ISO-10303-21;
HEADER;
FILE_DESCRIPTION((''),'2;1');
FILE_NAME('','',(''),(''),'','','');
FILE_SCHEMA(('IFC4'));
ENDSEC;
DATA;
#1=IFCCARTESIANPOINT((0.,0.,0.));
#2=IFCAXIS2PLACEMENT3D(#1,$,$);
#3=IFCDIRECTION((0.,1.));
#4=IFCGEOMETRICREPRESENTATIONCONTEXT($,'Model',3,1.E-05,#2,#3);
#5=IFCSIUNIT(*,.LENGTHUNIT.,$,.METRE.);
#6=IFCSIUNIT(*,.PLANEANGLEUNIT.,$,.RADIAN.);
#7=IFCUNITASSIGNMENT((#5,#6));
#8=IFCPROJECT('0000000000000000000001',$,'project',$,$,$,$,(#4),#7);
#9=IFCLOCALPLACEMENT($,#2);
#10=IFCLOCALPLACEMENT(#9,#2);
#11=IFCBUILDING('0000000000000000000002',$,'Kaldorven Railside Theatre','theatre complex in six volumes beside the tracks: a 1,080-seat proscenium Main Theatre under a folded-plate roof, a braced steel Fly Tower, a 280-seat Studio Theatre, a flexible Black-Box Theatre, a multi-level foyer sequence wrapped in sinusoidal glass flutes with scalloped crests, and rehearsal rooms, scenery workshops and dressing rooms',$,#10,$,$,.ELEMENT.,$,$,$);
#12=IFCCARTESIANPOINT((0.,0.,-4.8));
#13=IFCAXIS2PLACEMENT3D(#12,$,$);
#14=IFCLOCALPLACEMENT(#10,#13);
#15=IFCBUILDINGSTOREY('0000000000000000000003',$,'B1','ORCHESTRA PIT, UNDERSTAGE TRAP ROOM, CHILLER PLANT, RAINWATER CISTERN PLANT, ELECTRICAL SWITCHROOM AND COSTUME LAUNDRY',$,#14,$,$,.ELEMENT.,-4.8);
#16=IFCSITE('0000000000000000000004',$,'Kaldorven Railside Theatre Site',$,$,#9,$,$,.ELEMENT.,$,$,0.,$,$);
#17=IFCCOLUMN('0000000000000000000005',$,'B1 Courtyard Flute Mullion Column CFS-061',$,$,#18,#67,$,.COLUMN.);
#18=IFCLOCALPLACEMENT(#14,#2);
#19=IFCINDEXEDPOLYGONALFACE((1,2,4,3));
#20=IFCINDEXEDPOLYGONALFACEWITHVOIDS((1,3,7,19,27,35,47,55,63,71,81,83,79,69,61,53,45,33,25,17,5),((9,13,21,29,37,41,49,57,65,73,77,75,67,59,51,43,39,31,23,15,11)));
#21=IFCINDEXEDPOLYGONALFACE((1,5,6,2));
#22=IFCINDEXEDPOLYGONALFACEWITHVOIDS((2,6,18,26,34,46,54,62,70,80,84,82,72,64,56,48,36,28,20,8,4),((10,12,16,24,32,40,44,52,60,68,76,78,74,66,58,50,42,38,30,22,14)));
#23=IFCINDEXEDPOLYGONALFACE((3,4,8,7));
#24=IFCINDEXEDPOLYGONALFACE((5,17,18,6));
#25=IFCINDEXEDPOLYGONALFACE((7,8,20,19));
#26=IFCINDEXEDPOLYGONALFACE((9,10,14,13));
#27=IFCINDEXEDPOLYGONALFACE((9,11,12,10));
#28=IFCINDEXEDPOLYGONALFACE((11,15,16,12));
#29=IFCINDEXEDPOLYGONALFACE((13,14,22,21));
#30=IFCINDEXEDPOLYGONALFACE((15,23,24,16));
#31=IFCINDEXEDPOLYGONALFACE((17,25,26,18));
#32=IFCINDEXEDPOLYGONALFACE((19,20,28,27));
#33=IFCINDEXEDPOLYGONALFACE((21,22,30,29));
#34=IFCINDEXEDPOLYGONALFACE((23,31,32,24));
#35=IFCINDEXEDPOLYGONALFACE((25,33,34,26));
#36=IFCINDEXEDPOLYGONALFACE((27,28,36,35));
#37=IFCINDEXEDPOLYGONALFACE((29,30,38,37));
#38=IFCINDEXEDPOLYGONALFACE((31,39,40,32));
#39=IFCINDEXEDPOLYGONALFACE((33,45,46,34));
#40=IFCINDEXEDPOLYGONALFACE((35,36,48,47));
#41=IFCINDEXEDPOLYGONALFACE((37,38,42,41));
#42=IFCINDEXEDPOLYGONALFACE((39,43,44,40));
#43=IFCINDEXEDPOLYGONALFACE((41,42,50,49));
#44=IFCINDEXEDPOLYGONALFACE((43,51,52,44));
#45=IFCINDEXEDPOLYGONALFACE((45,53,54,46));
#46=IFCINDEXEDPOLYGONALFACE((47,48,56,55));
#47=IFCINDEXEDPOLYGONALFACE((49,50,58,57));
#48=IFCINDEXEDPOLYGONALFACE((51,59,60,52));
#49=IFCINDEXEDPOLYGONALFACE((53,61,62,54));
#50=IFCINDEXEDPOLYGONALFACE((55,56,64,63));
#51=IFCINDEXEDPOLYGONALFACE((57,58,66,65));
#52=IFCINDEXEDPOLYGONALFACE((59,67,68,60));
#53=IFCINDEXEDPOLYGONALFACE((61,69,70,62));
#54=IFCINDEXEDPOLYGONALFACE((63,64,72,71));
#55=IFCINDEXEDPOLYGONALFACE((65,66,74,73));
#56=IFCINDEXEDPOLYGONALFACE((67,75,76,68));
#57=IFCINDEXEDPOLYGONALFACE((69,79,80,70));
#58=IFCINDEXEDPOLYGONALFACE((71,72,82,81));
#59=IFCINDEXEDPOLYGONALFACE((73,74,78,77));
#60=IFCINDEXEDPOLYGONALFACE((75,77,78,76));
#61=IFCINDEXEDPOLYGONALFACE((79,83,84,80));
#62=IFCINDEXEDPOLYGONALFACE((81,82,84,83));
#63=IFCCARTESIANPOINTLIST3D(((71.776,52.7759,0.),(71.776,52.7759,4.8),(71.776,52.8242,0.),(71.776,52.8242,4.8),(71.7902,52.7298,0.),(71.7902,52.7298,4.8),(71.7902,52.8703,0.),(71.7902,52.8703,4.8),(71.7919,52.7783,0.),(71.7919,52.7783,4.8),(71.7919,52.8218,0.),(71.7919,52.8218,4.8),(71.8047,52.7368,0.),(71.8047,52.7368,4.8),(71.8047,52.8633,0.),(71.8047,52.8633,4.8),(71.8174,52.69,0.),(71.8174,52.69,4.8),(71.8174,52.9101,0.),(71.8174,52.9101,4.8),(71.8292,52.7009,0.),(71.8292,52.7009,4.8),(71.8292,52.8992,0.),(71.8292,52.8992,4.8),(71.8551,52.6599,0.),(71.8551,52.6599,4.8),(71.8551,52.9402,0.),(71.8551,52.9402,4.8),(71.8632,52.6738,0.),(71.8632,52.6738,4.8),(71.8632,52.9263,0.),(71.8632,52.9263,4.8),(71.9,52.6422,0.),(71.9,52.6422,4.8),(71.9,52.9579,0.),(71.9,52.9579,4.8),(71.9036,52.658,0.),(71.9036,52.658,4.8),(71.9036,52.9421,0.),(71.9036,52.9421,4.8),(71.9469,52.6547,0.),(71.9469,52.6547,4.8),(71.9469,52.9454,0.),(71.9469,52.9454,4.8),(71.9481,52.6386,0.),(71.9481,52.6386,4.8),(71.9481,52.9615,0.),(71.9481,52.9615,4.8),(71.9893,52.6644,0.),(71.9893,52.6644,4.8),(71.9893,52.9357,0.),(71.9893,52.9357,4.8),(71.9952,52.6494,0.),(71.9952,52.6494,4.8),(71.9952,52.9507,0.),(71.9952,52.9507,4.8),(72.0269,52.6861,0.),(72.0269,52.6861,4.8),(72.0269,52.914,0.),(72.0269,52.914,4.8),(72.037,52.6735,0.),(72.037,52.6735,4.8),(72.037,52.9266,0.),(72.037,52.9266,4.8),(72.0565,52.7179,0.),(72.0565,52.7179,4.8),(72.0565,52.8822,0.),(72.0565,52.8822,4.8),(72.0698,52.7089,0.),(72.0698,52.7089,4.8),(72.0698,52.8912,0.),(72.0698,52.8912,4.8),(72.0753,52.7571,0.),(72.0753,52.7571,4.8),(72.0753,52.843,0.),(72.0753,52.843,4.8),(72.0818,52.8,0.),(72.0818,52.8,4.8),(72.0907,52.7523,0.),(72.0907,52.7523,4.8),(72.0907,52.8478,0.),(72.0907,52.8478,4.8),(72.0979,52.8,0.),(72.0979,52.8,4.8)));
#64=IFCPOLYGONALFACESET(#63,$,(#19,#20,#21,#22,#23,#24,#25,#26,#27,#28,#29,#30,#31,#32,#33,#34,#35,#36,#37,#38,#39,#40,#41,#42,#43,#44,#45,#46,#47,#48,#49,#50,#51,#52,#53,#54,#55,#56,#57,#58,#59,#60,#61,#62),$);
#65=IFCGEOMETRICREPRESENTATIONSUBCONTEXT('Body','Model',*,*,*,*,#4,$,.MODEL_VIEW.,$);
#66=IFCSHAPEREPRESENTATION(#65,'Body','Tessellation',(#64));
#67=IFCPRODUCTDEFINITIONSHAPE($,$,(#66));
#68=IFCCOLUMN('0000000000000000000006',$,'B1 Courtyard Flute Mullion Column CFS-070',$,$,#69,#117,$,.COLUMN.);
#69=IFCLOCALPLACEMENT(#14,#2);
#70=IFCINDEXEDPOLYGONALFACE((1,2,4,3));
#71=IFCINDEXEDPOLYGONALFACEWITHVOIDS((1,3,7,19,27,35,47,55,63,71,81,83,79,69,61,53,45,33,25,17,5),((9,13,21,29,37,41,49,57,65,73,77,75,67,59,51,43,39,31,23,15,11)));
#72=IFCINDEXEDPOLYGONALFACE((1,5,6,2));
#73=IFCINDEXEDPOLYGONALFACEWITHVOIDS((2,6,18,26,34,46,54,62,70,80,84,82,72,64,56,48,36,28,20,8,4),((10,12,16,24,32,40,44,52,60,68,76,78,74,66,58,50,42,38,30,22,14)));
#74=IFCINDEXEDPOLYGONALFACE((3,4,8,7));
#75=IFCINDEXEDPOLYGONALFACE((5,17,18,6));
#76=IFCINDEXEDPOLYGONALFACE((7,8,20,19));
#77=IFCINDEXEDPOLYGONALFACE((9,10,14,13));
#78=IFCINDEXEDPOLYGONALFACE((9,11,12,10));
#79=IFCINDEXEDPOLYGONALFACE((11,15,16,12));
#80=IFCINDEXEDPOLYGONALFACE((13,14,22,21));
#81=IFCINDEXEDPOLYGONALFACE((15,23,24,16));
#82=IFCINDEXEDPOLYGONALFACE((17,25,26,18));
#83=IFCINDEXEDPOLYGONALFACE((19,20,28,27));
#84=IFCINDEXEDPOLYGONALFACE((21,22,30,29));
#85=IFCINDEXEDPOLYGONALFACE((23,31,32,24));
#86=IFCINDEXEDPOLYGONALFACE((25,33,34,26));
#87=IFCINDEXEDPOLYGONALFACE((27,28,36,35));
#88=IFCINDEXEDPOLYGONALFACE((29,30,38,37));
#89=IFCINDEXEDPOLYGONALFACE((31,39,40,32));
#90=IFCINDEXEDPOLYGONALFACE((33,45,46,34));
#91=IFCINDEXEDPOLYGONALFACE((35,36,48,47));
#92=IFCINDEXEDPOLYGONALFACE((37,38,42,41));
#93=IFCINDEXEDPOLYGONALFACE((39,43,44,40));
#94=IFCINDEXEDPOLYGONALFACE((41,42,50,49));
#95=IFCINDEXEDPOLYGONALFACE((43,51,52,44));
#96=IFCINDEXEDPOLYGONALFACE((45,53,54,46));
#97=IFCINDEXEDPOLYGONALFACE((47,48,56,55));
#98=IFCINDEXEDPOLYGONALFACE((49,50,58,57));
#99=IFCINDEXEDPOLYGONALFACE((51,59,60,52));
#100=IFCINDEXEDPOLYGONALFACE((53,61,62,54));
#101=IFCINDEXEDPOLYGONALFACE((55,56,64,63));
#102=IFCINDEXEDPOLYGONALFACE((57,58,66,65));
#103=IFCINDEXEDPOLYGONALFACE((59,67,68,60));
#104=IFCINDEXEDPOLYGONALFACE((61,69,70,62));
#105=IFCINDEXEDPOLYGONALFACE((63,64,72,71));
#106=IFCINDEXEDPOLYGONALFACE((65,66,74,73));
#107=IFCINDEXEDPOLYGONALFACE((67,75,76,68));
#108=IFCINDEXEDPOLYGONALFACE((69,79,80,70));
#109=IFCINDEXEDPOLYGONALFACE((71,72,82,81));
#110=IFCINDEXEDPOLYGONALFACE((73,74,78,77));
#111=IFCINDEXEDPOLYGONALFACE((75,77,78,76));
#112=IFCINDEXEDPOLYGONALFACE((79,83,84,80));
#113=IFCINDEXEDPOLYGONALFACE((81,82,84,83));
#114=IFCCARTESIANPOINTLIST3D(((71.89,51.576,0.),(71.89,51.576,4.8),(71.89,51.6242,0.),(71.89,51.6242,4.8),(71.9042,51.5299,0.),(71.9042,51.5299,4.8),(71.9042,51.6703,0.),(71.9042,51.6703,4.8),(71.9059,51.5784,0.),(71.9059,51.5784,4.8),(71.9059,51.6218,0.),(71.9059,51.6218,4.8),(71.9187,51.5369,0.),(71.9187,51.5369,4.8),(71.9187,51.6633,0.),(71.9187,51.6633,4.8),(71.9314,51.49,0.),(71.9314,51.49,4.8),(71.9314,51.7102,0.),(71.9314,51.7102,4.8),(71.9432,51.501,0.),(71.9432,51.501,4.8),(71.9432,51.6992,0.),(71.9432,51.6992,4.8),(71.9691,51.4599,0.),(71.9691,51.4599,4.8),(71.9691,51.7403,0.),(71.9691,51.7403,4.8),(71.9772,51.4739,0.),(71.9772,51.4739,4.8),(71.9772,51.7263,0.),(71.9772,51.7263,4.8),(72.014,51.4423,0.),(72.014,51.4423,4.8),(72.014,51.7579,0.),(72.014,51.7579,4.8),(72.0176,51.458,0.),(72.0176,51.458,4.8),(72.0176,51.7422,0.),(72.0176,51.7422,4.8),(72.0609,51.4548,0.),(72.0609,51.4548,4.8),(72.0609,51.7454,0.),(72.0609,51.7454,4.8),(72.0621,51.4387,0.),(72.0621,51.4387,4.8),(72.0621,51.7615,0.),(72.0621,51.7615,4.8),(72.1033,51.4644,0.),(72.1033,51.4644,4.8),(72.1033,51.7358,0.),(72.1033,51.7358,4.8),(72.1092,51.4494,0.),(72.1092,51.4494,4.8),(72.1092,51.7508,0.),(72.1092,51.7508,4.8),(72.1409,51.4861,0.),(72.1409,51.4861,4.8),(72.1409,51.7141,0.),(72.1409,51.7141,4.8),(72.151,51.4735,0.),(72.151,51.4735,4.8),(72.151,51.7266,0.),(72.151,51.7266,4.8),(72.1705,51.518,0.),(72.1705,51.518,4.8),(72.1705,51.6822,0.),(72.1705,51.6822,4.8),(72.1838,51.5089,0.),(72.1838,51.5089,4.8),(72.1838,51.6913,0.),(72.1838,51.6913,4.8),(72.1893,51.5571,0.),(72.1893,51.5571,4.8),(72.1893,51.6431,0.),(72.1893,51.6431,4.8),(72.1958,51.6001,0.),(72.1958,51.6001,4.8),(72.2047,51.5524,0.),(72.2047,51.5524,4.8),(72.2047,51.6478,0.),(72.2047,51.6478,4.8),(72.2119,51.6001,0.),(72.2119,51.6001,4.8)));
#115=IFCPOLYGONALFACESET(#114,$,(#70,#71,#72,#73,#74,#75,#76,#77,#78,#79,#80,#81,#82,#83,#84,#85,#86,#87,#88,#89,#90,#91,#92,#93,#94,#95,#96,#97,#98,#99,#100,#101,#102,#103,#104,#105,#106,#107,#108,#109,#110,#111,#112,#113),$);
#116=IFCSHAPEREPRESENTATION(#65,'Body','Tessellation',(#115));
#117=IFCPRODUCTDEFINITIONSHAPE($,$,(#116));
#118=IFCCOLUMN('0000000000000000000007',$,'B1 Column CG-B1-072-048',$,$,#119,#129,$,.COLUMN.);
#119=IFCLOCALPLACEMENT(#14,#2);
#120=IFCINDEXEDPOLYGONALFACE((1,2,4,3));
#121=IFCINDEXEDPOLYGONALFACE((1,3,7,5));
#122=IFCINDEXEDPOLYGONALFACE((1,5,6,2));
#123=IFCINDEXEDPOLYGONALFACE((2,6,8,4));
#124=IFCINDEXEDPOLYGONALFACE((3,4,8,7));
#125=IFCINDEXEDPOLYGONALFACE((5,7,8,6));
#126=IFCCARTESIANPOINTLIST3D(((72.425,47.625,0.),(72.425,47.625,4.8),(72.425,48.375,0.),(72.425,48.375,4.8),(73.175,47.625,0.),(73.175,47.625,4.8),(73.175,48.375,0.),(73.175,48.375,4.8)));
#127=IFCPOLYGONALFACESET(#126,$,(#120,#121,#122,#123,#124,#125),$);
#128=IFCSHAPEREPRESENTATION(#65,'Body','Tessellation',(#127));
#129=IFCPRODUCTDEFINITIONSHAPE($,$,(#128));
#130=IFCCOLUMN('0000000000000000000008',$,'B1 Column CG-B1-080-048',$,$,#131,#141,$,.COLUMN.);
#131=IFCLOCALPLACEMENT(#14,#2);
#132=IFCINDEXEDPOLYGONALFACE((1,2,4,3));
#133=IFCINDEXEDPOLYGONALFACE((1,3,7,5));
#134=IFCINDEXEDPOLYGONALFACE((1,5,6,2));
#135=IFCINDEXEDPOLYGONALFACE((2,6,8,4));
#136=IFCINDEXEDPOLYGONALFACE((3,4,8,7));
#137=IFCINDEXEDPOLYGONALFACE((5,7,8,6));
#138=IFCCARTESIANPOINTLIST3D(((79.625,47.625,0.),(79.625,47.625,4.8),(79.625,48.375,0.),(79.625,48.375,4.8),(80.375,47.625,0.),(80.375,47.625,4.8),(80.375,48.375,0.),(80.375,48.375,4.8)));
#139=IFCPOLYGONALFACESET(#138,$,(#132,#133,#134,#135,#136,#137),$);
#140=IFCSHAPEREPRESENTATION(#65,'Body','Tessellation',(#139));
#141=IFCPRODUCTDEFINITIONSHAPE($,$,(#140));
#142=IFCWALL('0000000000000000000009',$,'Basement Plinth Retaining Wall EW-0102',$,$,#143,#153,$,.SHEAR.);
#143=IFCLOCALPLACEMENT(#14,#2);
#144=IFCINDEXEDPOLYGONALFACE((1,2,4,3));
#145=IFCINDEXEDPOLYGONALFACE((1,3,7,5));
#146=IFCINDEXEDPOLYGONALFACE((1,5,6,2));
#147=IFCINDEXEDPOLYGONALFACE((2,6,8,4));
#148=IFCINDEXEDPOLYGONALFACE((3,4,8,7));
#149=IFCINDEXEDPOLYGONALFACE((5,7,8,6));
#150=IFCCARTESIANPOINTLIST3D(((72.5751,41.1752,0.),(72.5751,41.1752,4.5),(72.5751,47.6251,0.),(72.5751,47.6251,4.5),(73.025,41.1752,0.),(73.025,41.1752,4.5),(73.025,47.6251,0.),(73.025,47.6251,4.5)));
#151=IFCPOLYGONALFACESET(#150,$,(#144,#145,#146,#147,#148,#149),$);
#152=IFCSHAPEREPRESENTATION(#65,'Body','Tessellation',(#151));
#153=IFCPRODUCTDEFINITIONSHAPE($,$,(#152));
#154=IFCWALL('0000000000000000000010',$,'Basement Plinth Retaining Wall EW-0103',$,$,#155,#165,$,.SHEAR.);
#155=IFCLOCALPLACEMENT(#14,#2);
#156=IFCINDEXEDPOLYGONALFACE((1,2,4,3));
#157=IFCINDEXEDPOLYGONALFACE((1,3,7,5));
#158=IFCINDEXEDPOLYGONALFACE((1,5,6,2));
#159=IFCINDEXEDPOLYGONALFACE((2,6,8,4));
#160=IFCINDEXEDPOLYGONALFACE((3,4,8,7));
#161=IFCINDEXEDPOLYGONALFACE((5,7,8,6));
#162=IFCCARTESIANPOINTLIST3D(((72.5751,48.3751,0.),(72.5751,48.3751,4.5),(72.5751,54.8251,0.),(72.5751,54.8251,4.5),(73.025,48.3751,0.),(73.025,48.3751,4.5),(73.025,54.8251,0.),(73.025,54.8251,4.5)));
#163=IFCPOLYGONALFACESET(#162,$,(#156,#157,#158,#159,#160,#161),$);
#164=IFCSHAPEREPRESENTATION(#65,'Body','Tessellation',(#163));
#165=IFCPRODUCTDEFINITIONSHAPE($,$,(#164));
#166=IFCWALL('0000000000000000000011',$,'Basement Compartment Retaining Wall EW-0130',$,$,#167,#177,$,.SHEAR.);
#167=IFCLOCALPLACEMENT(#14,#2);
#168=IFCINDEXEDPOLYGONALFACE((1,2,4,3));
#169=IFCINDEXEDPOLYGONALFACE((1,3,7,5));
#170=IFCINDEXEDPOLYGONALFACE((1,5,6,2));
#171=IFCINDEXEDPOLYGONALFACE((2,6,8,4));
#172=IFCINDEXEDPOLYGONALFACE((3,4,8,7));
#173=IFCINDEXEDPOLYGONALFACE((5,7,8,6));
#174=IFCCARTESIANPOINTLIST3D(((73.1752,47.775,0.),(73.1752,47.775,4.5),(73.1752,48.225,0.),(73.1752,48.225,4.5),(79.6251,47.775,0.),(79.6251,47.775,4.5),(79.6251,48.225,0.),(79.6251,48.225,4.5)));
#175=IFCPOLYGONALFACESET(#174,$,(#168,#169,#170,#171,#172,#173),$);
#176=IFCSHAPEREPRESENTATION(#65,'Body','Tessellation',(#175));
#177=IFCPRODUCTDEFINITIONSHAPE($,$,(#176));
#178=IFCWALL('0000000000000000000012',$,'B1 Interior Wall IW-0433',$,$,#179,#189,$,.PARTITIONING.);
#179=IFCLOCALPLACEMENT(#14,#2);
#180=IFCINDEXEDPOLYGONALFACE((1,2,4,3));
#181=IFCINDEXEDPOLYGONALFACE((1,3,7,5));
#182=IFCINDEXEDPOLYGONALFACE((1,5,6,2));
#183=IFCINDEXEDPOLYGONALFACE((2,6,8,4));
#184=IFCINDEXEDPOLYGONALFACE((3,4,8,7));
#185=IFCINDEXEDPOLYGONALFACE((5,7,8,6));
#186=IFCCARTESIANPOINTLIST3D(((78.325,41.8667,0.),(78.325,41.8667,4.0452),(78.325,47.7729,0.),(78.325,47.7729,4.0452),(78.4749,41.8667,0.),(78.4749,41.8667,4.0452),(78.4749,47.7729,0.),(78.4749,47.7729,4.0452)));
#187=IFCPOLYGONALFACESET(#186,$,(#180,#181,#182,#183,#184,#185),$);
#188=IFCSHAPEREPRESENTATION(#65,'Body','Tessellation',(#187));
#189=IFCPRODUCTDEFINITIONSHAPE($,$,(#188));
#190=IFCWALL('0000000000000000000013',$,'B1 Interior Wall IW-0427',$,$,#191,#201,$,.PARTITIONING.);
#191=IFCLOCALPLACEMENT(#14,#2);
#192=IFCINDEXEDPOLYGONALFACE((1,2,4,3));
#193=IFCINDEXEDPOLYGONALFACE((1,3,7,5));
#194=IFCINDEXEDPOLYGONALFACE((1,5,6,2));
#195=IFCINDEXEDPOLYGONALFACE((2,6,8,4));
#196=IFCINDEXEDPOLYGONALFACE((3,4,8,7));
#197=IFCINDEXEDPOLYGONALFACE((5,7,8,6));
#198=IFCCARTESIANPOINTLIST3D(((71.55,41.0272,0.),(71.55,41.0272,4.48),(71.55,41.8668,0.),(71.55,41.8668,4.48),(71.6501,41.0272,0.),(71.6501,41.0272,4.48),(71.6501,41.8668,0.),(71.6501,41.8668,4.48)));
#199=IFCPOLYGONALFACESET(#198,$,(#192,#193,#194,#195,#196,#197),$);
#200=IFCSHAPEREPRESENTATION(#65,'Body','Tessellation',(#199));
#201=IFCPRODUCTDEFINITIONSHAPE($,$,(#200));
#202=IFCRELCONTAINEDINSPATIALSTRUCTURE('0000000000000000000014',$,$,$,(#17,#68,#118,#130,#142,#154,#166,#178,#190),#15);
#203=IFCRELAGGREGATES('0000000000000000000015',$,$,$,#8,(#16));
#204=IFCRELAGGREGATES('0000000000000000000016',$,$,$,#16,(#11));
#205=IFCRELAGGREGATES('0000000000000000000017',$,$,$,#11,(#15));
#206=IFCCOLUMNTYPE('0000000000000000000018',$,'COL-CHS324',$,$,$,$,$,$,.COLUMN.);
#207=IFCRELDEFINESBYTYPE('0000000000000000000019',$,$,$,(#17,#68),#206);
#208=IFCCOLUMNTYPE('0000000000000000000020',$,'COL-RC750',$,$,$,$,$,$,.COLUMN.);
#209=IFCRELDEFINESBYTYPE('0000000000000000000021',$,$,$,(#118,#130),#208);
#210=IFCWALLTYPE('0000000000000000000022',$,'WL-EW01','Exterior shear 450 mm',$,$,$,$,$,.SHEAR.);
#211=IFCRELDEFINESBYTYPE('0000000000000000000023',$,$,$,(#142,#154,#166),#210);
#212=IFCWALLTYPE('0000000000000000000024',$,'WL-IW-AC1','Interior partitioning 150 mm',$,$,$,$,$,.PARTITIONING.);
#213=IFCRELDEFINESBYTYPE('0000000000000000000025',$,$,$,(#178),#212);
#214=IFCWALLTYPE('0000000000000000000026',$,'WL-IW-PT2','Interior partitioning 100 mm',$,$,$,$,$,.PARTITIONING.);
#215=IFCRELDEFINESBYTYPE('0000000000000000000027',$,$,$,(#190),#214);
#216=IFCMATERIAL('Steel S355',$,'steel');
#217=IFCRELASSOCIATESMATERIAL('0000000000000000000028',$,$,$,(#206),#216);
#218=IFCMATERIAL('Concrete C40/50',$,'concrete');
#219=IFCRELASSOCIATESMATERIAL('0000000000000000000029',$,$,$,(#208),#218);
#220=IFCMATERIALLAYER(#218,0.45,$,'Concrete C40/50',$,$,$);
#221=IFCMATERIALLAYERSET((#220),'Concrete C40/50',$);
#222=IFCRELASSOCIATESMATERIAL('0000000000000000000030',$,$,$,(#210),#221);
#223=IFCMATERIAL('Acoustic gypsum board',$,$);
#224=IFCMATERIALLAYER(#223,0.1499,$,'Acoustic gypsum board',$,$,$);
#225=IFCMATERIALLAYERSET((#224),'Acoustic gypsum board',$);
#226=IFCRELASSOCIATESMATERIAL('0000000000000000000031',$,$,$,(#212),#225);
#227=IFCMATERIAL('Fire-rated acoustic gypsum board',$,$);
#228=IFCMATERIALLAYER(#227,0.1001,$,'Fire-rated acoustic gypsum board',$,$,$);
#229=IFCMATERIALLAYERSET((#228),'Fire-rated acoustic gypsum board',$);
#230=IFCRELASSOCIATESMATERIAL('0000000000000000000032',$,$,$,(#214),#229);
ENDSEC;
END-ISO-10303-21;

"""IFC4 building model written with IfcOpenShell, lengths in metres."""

from ifc_helpers import new_model, si_unit, direction, frame, frame_2d, origin, origin_2d, place, context, subcontext, project, spatial, rectangle, hollow_circle, extrude, material, layer, layer_set, material_profile, profile_set, type_object, element, save


model = new_model("IFC4")

# Units and contexts
model_context = context("Model", 3, precision=1e-05, world=origin(), true_north=direction((0.0, 1.0)))
body_context = subcontext(model_context, "Body", "Model", "MODEL_VIEW")
ifc_project = project(units=[si_unit("LENGTHUNIT", "METRE"), si_unit("PLANEANGLEUNIT", "RADIAN")], contexts=[model_context])

# Site, building, storey
site_placement = place(None, origin())
site = spatial("IfcSite", under=ifc_project, at=site_placement, Name="Kaldorven Railside Theatre Site", CompositionType="ELEMENT", RefElevation=0.0)
building_placement = place(site_placement, origin())
building = spatial("IfcBuilding", under=site, at=building_placement, Name="Kaldorven Railside Theatre", Description="theatre complex in six volumes beside the tracks: a 1,080-seat proscenium Main Theatre under a folded-plate roof, a braced steel Fly Tower, a 280-seat Studio Theatre, a flexible Black-Box Theatre, a multi-level foyer sequence wrapped in sinusoidal glass flutes with scalloped crests, and rehearsal rooms, scenery workshops and dressing rooms", CompositionType="ELEMENT")
storey_placement = place(building_placement, frame((0.0, 0.0, -4.8)))
storey = spatial("IfcBuildingStorey", under=building, at=storey_placement, Name="B1", Description="ORCHESTRA PIT, UNDERSTAGE TRAP ROOM, CHILLER PLANT, RAINWATER CISTERN PLANT, ELECTRICAL SWITCHROOM AND COSTUME LAUNDRY", CompositionType="ELEMENT", Elevation=-4.8)

# Shared definitions
ifc_material_1 = material(Name="Concrete C40/50", Category="concrete")

# Columns
ifc_material_2 = material(Name="Steel S355", Category="steel")
ifc_material_profile_1 = material_profile(ifc_material_2, hollow_circle(Radius=0.1619, WallThickness=0.0161, at=origin_2d()), Name="CHS 323.9x16")
ifc_profile_set_1 = profile_set([ifc_material_profile_1], Name="Steel S355")
column_type_1 = type_object("IfcColumnType", Name="COL-CHS324", PredefinedType="COLUMN", material=ifc_profile_set_1)
for number, where, z_axis, x_axis, name in (
    (1, (71.936, 52.8, 0.0), (0.0, 0.0, 1.0), (1.0, 0.0, 0.0), "B1 Courtyard Flute Mullion Column CFS-061"),
    (2, (72.05, 51.6001, 0.0), (0.0, 0.0, 1.0), (1.0, 0.0, 0.0), "B1 Courtyard Flute Mullion Column CFS-070"),
):
    element("IfcColumn", number, at=place(storey_placement, frame(where, z_axis=z_axis, x_axis=x_axis)), inside=storey, type_object=column_type_1, Name=name, PredefinedType="COLUMN", context=body_context, shape_type="SweptSolid", body=[
        extrude(hollow_circle(Radius=0.1619, WallThickness=0.0161, at=origin_2d()), origin(), (0.0, 0.0, 1.0), 4.8),
    ])
ifc_material_profile_2 = material_profile(ifc_material_1, rectangle(XDim=0.75, YDim=0.75, at=origin_2d()), Name="RC 750x750")
ifc_profile_set_2 = profile_set([ifc_material_profile_2], Name="Concrete C40/50")
column_type_2 = type_object("IfcColumnType", Name="COL-RC750", PredefinedType="COLUMN", material=ifc_profile_set_2)
for number, where, z_axis, x_axis, name in (
    (3, (72.8, 48.0, 0.0), (0.0, 0.0, 1.0), (1.0, 0.0, 0.0), "B1 Column CG-B1-072-048"),
    (4, (80.0, 48.0, 0.0), (0.0, 0.0, 1.0), (1.0, 0.0, 0.0), "B1 Column CG-B1-080-048"),
):
    element("IfcColumn", number, at=place(storey_placement, frame(where, z_axis=z_axis, x_axis=x_axis)), inside=storey, type_object=column_type_2, Name=name, PredefinedType="COLUMN", context=body_context, shape_type="SweptSolid", body=[
        extrude(rectangle(XDim=0.75, YDim=0.75, at=origin_2d()), origin(), (0.0, 0.0, 1.0), 4.8),
    ])

# Walls
ifc_layer_1 = layer(ifc_material_1, 0.45, Name="Concrete C40/50")
ifc_layer_set_1 = layer_set([ifc_layer_1], Name="Concrete C40/50")
wall_type_1 = type_object("IfcWallType", Name="WL-EW01", Description="Exterior shear 450 mm", PredefinedType="SHEAR", material=ifc_layer_set_1)
for number, where, z_axis, x_axis, name in (
    (5, (72.8, 41.175, 0.0), (0.0, 0.0, 1.0), (0.0, 1.0, 0.0), "Basement Plinth Retaining Wall EW-0102"),
    (6, (72.8, 48.375, 0.0), (0.0, 0.0, 1.0), (0.0, 1.0, 0.0), "Basement Plinth Retaining Wall EW-0103"),
    (7, (73.175, 48.0, 0.0), (0.0, 0.0, 1.0), (1.0, 0.0, 0.0), "Basement Compartment Retaining Wall EW-0130"),
):
    element("IfcWall", number, at=place(storey_placement, frame(where, z_axis=z_axis, x_axis=x_axis)), inside=storey, type_object=wall_type_1, Name=name, PredefinedType="SHEAR", context=body_context, shape_type="SweptSolid", body=[
        extrude(rectangle(XDim=6.45, YDim=0.45, at=frame_2d((3.2251, 0.0))), origin(), (0.0, 0.0, 1.0), 4.5),
    ])
ifc_material_3 = material(Name="Acoustic gypsum board")
ifc_layer_2 = layer(ifc_material_3, 0.1499, Name="Acoustic gypsum board")
ifc_layer_set_2 = layer_set([ifc_layer_2], Name="Acoustic gypsum board")
wall_type_2 = type_object("IfcWallType", Name="WL-IW-AC1", Description="Interior partitioning 150 mm", PredefinedType="PARTITIONING", material=ifc_layer_set_2)
wall_1_placement = place(storey_placement, frame((78.3999, 41.8667, 0.0), z_axis=(0.0, 0.0, 1.0), x_axis=(0.0, 1.0, 0.0)))
element("IfcWall", 8, at=wall_1_placement, inside=storey, type_object=wall_type_2, Name="B1 Interior Wall IW-0433", PredefinedType="PARTITIONING", context=body_context, shape_type="SweptSolid", body=[
    extrude(rectangle(XDim=5.9062, YDim=0.1499, at=frame_2d((2.9531, 0.0))), origin(), (0.0, 0.0, 1.0), 4.0452),
])
ifc_material_4 = material(Name="Fire-rated acoustic gypsum board")
ifc_layer_3 = layer(ifc_material_4, 0.1001, Name="Fire-rated acoustic gypsum board")
ifc_layer_set_3 = layer_set([ifc_layer_3], Name="Fire-rated acoustic gypsum board")
wall_type_3 = type_object("IfcWallType", Name="WL-IW-PT2", Description="Interior partitioning 100 mm", PredefinedType="PARTITIONING", material=ifc_layer_set_3)
wall_2_placement = place(storey_placement, frame((71.6001, 41.0271, 0.0), z_axis=(0.0, 0.0, 1.0), x_axis=(0.0, 1.0, 0.0)))
element("IfcWall", 9, at=wall_2_placement, inside=storey, type_object=wall_type_3, Name="B1 Interior Wall IW-0427", PredefinedType="PARTITIONING", context=body_context, shape_type="SweptSolid", body=[
    extrude(rectangle(XDim=0.8396, YDim=0.1001, at=frame_2d((0.4199, 0.0))), origin(), (0.0, 0.0, 1.0), 4.48),
])

save(model, "model.ifc")
